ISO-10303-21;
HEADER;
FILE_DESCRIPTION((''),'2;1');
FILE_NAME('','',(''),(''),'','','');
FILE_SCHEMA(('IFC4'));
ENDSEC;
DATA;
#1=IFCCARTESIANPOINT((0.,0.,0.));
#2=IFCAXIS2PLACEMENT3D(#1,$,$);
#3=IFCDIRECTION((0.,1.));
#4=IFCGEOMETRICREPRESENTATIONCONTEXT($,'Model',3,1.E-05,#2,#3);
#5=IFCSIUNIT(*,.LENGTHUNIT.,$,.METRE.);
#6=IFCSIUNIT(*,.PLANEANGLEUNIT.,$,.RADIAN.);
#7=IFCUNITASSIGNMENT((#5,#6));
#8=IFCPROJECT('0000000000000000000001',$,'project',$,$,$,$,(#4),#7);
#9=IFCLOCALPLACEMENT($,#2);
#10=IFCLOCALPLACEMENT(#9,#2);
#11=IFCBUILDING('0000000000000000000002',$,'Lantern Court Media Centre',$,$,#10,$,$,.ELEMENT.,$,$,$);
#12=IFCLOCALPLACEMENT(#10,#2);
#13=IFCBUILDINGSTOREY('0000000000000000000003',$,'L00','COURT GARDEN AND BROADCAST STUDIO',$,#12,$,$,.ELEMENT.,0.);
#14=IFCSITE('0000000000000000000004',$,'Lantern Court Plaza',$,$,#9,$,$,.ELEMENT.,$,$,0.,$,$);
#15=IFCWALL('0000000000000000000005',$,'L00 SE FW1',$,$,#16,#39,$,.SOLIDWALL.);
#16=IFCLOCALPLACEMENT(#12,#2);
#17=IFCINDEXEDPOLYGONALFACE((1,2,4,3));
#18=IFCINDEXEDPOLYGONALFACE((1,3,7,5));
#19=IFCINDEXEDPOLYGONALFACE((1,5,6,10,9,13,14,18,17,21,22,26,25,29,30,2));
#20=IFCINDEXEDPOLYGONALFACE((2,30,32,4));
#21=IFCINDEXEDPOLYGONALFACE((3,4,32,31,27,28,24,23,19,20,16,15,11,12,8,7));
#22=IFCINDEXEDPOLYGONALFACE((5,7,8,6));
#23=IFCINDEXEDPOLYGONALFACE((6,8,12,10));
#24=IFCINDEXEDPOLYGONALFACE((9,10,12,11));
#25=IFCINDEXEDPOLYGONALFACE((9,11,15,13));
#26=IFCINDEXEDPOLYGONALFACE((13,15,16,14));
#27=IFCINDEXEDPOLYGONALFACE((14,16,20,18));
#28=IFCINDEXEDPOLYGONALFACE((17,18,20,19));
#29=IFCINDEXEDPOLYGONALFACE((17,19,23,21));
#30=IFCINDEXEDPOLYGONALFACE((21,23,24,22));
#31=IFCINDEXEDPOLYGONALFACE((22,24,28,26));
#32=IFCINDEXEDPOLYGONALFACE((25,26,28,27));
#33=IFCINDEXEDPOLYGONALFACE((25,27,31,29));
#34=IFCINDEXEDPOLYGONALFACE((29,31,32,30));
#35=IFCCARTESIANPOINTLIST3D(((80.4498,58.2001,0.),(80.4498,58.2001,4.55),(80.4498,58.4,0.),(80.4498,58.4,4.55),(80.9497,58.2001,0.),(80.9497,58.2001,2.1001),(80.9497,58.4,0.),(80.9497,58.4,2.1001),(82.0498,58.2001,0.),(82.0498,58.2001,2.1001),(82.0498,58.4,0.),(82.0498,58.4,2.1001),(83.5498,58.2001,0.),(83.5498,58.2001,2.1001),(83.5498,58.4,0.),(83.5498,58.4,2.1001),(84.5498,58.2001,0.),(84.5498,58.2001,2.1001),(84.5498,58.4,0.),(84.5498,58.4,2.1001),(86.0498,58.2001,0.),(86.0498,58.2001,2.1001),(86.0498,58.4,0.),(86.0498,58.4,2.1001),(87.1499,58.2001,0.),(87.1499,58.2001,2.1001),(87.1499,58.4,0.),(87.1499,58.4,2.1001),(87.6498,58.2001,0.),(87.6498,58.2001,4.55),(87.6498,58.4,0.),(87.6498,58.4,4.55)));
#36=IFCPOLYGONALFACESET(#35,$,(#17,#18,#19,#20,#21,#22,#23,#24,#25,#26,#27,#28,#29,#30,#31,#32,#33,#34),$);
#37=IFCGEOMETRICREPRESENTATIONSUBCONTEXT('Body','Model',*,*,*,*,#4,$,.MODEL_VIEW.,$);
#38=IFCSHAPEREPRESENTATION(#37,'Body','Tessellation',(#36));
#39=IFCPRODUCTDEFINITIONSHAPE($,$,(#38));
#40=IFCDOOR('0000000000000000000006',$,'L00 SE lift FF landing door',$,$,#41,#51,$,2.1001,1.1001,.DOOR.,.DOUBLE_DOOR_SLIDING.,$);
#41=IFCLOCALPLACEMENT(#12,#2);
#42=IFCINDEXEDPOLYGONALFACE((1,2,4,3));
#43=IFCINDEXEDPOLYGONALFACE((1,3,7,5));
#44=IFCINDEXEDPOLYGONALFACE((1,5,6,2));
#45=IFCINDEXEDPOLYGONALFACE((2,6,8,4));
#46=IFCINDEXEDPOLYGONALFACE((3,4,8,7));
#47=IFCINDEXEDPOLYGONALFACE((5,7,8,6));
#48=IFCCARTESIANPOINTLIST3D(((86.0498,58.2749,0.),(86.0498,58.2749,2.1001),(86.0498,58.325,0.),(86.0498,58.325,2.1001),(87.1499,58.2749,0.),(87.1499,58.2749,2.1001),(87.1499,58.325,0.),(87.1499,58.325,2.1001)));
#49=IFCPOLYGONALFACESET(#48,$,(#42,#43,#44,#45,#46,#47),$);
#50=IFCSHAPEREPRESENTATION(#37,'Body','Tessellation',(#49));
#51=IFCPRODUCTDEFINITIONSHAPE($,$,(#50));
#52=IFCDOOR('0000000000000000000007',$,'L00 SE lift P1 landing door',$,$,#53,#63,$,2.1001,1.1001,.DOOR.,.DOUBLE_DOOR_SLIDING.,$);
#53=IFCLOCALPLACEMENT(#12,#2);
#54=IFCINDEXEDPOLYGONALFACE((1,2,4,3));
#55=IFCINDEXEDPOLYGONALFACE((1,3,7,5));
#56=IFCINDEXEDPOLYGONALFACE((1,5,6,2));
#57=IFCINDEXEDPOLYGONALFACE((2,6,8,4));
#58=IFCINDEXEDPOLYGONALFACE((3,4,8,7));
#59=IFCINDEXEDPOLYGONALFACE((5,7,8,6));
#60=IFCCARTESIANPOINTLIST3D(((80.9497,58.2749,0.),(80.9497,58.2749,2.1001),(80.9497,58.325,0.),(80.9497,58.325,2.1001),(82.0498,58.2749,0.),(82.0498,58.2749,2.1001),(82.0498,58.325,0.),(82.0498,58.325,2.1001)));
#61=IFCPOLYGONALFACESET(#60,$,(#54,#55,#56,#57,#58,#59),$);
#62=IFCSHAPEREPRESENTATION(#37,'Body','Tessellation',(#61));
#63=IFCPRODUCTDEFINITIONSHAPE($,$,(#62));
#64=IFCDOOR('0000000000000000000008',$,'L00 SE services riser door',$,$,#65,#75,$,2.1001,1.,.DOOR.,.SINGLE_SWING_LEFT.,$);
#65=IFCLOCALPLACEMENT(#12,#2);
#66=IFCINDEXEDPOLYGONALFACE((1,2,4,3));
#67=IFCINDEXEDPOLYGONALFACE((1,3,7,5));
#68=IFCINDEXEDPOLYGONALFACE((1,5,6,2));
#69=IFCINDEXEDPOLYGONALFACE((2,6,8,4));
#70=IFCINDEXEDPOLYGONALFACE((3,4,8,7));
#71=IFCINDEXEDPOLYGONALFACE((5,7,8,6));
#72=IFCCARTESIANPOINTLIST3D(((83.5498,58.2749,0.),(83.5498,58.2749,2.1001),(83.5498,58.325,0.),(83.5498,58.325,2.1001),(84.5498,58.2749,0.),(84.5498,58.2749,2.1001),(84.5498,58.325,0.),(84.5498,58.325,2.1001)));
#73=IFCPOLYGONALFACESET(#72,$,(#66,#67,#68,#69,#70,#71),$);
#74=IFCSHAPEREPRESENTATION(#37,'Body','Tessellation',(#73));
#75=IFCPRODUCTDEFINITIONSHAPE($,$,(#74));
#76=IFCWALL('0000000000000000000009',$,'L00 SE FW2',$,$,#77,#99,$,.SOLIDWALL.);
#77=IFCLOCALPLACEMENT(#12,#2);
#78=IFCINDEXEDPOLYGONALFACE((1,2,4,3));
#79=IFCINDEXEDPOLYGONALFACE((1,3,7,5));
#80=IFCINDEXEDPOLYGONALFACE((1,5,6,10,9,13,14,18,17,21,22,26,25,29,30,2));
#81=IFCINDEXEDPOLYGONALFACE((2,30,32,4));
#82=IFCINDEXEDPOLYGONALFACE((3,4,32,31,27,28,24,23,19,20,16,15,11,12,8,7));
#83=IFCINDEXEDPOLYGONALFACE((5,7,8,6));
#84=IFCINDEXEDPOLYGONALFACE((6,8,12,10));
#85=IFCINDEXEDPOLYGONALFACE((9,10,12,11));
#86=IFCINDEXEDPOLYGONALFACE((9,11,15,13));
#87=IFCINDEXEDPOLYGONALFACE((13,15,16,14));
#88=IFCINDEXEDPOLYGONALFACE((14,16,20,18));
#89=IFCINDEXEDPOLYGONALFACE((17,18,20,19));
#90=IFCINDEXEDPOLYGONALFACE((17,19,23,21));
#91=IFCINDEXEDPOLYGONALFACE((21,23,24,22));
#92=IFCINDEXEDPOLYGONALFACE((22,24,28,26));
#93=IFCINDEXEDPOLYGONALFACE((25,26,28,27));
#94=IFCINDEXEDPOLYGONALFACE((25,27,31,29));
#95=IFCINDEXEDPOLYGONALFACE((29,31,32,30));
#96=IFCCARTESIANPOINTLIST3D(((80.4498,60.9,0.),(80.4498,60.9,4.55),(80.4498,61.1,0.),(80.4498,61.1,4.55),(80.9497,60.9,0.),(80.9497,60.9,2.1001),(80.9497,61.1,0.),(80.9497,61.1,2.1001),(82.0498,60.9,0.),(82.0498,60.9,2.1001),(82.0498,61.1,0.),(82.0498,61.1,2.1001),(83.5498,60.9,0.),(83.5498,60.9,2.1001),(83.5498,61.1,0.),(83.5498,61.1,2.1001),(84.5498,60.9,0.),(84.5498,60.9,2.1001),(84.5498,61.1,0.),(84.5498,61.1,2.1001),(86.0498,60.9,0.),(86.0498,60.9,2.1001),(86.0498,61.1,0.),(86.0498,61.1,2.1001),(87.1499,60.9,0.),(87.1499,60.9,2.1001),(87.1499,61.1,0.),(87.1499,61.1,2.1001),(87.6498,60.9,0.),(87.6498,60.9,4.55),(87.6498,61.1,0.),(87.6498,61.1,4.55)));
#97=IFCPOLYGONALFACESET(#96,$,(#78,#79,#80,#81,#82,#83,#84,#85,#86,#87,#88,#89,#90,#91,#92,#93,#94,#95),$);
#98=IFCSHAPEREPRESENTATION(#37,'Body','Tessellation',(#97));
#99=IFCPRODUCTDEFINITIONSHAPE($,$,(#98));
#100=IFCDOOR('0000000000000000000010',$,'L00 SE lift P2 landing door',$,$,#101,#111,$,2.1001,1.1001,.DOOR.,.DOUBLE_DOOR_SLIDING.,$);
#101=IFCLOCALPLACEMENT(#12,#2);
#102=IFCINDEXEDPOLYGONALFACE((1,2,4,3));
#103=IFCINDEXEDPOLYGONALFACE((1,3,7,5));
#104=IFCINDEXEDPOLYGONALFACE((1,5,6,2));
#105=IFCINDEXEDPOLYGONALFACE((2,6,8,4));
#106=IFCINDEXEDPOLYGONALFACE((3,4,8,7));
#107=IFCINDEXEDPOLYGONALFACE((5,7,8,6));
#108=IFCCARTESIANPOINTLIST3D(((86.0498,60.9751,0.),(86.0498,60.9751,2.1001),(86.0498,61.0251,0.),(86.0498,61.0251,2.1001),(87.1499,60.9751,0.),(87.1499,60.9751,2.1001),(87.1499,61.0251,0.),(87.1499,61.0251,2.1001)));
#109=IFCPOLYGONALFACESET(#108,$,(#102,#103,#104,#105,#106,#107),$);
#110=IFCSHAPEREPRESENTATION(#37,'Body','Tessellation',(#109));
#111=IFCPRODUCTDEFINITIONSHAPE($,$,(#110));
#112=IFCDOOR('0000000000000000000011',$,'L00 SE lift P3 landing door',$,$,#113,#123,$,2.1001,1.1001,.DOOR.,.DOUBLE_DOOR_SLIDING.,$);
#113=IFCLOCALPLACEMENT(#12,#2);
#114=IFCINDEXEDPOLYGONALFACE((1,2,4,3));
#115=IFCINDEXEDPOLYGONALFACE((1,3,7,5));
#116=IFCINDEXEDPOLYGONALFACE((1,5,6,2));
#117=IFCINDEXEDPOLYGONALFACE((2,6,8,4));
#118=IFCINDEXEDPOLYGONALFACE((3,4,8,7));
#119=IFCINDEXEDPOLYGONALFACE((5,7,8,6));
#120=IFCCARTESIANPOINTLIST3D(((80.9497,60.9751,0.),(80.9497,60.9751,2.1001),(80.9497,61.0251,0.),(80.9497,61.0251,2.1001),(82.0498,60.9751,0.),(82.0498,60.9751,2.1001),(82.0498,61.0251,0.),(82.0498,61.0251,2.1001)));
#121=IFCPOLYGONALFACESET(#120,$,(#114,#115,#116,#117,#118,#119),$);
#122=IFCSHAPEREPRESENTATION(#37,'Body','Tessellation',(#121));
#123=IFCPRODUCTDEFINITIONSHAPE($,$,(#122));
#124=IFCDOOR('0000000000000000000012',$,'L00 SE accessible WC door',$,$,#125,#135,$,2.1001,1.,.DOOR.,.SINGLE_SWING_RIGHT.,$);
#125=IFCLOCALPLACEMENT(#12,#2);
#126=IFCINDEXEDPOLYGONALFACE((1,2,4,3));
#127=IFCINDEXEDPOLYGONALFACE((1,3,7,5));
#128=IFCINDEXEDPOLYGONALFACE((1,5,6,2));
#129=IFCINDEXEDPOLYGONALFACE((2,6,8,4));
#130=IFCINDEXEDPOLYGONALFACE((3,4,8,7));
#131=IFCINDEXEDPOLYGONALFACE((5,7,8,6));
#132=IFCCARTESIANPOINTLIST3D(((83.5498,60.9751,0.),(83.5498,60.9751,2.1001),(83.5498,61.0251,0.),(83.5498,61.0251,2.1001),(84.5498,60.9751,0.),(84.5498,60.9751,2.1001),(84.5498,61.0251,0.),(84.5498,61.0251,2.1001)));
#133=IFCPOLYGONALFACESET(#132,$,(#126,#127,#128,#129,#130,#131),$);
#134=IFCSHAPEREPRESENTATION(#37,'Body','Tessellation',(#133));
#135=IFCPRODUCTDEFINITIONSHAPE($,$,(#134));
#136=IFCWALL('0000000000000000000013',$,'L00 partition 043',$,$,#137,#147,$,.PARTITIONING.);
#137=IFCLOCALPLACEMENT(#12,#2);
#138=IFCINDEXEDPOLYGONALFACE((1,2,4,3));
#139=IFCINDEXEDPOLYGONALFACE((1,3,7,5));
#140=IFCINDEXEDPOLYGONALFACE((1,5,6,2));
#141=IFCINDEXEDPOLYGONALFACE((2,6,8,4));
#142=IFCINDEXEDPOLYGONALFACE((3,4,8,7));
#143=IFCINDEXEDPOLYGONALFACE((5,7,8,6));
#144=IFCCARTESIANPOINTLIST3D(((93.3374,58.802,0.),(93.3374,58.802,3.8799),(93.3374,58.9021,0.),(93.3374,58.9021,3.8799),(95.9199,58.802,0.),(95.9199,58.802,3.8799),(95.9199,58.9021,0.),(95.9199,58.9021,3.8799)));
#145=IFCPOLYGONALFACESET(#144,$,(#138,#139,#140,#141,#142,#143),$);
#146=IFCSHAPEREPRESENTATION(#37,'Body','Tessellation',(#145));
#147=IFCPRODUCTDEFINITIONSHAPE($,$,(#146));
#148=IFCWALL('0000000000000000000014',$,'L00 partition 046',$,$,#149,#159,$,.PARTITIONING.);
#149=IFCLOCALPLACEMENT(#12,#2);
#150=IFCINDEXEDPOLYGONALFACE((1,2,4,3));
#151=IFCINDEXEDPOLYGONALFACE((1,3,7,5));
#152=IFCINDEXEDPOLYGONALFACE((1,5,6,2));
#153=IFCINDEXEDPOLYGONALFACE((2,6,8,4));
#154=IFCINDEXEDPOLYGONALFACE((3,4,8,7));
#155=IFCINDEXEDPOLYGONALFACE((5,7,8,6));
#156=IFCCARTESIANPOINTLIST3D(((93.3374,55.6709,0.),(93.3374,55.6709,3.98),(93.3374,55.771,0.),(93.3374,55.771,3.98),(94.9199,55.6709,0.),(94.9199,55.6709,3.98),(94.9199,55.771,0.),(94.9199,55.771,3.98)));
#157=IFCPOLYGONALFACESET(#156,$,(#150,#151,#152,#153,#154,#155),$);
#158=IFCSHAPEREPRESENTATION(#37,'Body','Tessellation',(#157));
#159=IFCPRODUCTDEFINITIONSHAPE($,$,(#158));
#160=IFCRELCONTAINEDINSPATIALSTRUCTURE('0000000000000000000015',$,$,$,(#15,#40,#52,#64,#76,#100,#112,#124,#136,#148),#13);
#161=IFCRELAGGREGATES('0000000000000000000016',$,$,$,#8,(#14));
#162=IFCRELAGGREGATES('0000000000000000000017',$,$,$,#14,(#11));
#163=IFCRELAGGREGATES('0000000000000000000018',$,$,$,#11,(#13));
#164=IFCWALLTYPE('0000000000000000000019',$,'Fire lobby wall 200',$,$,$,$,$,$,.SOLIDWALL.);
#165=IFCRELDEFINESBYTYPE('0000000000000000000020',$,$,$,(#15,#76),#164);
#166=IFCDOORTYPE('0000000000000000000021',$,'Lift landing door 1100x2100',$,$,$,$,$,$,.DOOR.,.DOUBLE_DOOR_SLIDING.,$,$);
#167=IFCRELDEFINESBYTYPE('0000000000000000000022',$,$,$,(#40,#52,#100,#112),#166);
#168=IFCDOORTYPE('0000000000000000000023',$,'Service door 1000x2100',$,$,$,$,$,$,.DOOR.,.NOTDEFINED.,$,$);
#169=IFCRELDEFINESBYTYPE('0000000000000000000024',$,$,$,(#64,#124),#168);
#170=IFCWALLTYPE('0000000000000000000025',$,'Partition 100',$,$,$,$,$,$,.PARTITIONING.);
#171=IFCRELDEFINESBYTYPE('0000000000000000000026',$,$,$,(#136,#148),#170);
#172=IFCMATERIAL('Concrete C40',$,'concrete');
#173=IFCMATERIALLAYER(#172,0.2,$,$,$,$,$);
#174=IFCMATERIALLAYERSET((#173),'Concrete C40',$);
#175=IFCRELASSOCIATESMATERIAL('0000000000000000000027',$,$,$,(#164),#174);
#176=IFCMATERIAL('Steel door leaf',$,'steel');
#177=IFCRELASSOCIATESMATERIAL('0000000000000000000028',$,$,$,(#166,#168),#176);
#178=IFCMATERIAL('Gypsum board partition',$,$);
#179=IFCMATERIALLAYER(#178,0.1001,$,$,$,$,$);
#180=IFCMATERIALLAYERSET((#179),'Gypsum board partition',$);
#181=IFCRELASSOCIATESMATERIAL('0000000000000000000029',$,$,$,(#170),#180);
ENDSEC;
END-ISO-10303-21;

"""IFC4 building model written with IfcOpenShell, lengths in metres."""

from ifc_helpers import new_model, si_unit, direction, frame, frame_2d, origin, place, context, subcontext, project, spatial, rectangle, extrude, material, layer, layer_set, type_object, element, fill, save


model = new_model("IFC4")

# Units and contexts
model_context = context("Model", 3, precision=1e-05, world=origin(), true_north=direction((0.0, 1.0)))
body_context = subcontext(model_context, "Body", "Model", "MODEL_VIEW")
ifc_project = project(units=[si_unit("LENGTHUNIT", "METRE"), si_unit("PLANEANGLEUNIT", "RADIAN")], contexts=[model_context])

# Site, building, storey
site_placement = place(None, origin())
site = spatial("IfcSite", under=ifc_project, at=site_placement, Name="Lantern Court Plaza", CompositionType="ELEMENT", RefElevation=0.0)
building_placement = place(site_placement, origin())
building = spatial("IfcBuilding", under=site, at=building_placement, Name="Lantern Court Media Centre", CompositionType="ELEMENT")
storey_placement = place(building_placement, origin())
storey = spatial("IfcBuildingStorey", under=building, at=storey_placement, Name="L00", Description="COURT GARDEN AND BROADCAST STUDIO", CompositionType="ELEMENT", Elevation=0.0)

# Shared definitions
ifc_material_1 = material(Name="Gypsum board partition")

# Walls, openings, doors
ifc_material_2 = material(Name="Concrete C40", Category="concrete")
ifc_layer_1 = layer(ifc_material_2, 0.2)
ifc_layer_set_1 = layer_set([ifc_layer_1], Name="Concrete C40")
wall_type_1 = type_object("IfcWallType", Name="Fire lobby wall 200", PredefinedType="SOLIDWALL", material=ifc_layer_set_1)
wall_1_placement = place(storey_placement, frame((87.6499, 58.3, 0.0), z_axis=(0.0, 0.0, 1.0), x_axis=(-1.0, 0.0, 0.0)))
wall_1 = element("IfcWall", 1, at=wall_1_placement, inside=storey, type_object=wall_type_1, Name="L00 SE FW1", PredefinedType="SOLIDWALL", context=body_context, shape_type="SweptSolid", body=[
    extrude(rectangle(XDim=7.2, YDim=0.2, at=frame_2d((3.6001, 0.0))), origin(), (0.0, 0.0, 1.0), 4.55),
])
opening_1_placement = place(wall_1_placement, frame((0.5, 0.0, 0.0)))
opening_1 = element("IfcOpeningElement", 2, at=opening_1_placement, cuts=wall_1, PredefinedType="OPENING", context=body_context, shape_type="SweptSolid", body=[
    extrude(rectangle(XDim=1.1001, YDim=2.1001, at=frame_2d((0.55, 1.05))), frame((0.0, 0.1099, 0.0), z_axis=(0.0, -1.0, 0.0), x_axis=(1.0, 0.0, 0.0)), (0.0, 0.0, 1.0), 0.22),
])
opening_2_placement = place(wall_1_placement, frame((5.6001, 0.0, 0.0)))
opening_2 = element("IfcOpeningElement", 3, at=opening_2_placement, cuts=wall_1, PredefinedType="OPENING", context=body_context, shape_type="SweptSolid", body=[
    extrude(rectangle(XDim=1.1001, YDim=2.1001, at=frame_2d((0.55, 1.05))), frame((0.0, 0.1099, 0.0), z_axis=(0.0, -1.0, 0.0), x_axis=(1.0, 0.0, 0.0)), (0.0, 0.0, 1.0), 0.22),
])
opening_3_placement = place(wall_1_placement, frame((3.1001, 0.0, 0.0)))
opening_3 = element("IfcOpeningElement", 4, at=opening_3_placement, cuts=wall_1, PredefinedType="OPENING", context=body_context, shape_type="SweptSolid", body=[
    extrude(rectangle(XDim=1.0, YDim=2.1001, at=frame_2d((0.5, 1.05))), frame((0.0, 0.1099, 0.0), z_axis=(0.0, -1.0, 0.0), x_axis=(1.0, 0.0, 0.0)), (0.0, 0.0, 1.0), 0.22),
])
ifc_material_3 = material(Name="Steel door leaf", Category="steel")
door_type_1 = type_object("IfcDoorType", Name="Lift landing door 1100x2100", OperationType="DOUBLE_DOOR_SLIDING", PredefinedType="DOOR", material=ifc_material_3)
door_1_placement = place(opening_1_placement, frame((1.1001, 0.0, 0.0), z_axis=(0.0, 0.0, 1.0), x_axis=(-1.0, 0.0, 0.0)))
door_1 = element("IfcDoor", 5, at=door_1_placement, inside=storey, type_object=door_type_1, Name="L00 SE lift FF landing door", OperationType="DOUBLE_DOOR_SLIDING", OverallHeight=2.1001, OverallWidth=1.1001, PredefinedType="DOOR", context=body_context, shape_type="SweptSolid", body=[
    extrude(rectangle(XDim=1.1001, YDim=2.1001, at=frame_2d((0.55, 1.05))), frame((0.0, 0.0249, 0.0), z_axis=(0.0, -1.0, 0.0), x_axis=(1.0, 0.0, 0.0)), (0.0, 0.0, 1.0), 0.05),
])
fill(opening_1, door_1)
door_2_placement = place(opening_2_placement, frame((1.1001, 0.0, 0.0), z_axis=(0.0, 0.0, 1.0), x_axis=(-1.0, 0.0, 0.0)))
door_2 = element("IfcDoor", 6, at=door_2_placement, inside=storey, type_object=door_type_1, Name="L00 SE lift P1 landing door", OperationType="DOUBLE_DOOR_SLIDING", OverallHeight=2.1001, OverallWidth=1.1001, PredefinedType="DOOR", context=body_context, shape_type="SweptSolid", body=[
    extrude(rectangle(XDim=1.1001, YDim=2.1001, at=frame_2d((0.55, 1.05))), frame((0.0, 0.0249, 0.0), z_axis=(0.0, -1.0, 0.0), x_axis=(1.0, 0.0, 0.0)), (0.0, 0.0, 1.0), 0.05),
])
fill(opening_2, door_2)
door_type_2 = type_object("IfcDoorType", Name="Service door 1000x2100", OperationType="NOTDEFINED", PredefinedType="DOOR", material=ifc_material_3)
door_3_placement = place(opening_3_placement, frame((1.0, 0.0, 0.0), z_axis=(0.0, 0.0, 1.0), x_axis=(-1.0, 0.0, 0.0)))
door_3 = element("IfcDoor", 7, at=door_3_placement, inside=storey, type_object=door_type_2, Name="L00 SE services riser door", OperationType="SINGLE_SWING_LEFT", OverallHeight=2.1001, OverallWidth=1.0, PredefinedType="DOOR", context=body_context, shape_type="SweptSolid", body=[
    extrude(rectangle(XDim=1.0, YDim=2.1001, at=frame_2d((0.5, 1.05))), frame((0.0, 0.0249, 0.0), z_axis=(0.0, -1.0, 0.0), x_axis=(1.0, 0.0, 0.0)), (0.0, 0.0, 1.0), 0.05),
])
fill(opening_3, door_3)
wall_2_placement = place(storey_placement, frame((87.6499, 61.0, 0.0), z_axis=(0.0, 0.0, 1.0), x_axis=(-1.0, 0.0, 0.0)))
wall_2 = element("IfcWall", 8, at=wall_2_placement, inside=storey, type_object=wall_type_1, Name="L00 SE FW2", PredefinedType="SOLIDWALL", context=body_context, shape_type="SweptSolid", body=[
    extrude(rectangle(XDim=7.2, YDim=0.2, at=frame_2d((3.6001, 0.0))), origin(), (0.0, 0.0, 1.0), 4.55),
])
opening_4_placement = place(wall_2_placement, frame((0.5, 0.0, 0.0)))
opening_4 = element("IfcOpeningElement", 9, at=opening_4_placement, cuts=wall_2, PredefinedType="OPENING", context=body_context, shape_type="SweptSolid", body=[
    extrude(rectangle(XDim=1.1001, YDim=2.1001, at=frame_2d((0.55, 1.05))), frame((0.0, 0.1099, 0.0), z_axis=(0.0, -1.0, 0.0), x_axis=(1.0, 0.0, 0.0)), (0.0, 0.0, 1.0), 0.22),
])
opening_5_placement = place(wall_2_placement, frame((5.6001, 0.0, 0.0)))
opening_5 = element("IfcOpeningElement", 10, at=opening_5_placement, cuts=wall_2, PredefinedType="OPENING", context=body_context, shape_type="SweptSolid", body=[
    extrude(rectangle(XDim=1.1001, YDim=2.1001, at=frame_2d((0.55, 1.05))), frame((0.0, 0.1099, 0.0), z_axis=(0.0, -1.0, 0.0), x_axis=(1.0, 0.0, 0.0)), (0.0, 0.0, 1.0), 0.22),
])
opening_6_placement = place(wall_2_placement, frame((3.1001, 0.0, 0.0)))
opening_6 = element("IfcOpeningElement", 11, at=opening_6_placement, cuts=wall_2, PredefinedType="OPENING", context=body_context, shape_type="SweptSolid", body=[
    extrude(rectangle(XDim=1.0, YDim=2.1001, at=frame_2d((0.5, 1.05))), frame((0.0, 0.1099, 0.0), z_axis=(0.0, -1.0, 0.0), x_axis=(1.0, 0.0, 0.0)), (0.0, 0.0, 1.0), 0.22),
])
door_4_placement = place(opening_4_placement, origin())
door_4 = element("IfcDoor", 12, at=door_4_placement, inside=storey, type_object=door_type_1, Name="L00 SE lift P2 landing door", OperationType="DOUBLE_DOOR_SLIDING", OverallHeight=2.1001, OverallWidth=1.1001, PredefinedType="DOOR", context=body_context, shape_type="SweptSolid", body=[
    extrude(rectangle(XDim=1.1001, YDim=2.1001, at=frame_2d((0.55, 1.05))), frame((0.0, 0.0249, 0.0), z_axis=(0.0, -1.0, 0.0), x_axis=(1.0, 0.0, 0.0)), (0.0, 0.0, 1.0), 0.05),
])
fill(opening_4, door_4)
door_5_placement = place(opening_5_placement, origin())
door_5 = element("IfcDoor", 13, at=door_5_placement, inside=storey, type_object=door_type_1, Name="L00 SE lift P3 landing door", OperationType="DOUBLE_DOOR_SLIDING", OverallHeight=2.1001, OverallWidth=1.1001, PredefinedType="DOOR", context=body_context, shape_type="SweptSolid", body=[
    extrude(rectangle(XDim=1.1001, YDim=2.1001, at=frame_2d((0.55, 1.05))), frame((0.0, 0.0249, 0.0), z_axis=(0.0, -1.0, 0.0), x_axis=(1.0, 0.0, 0.0)), (0.0, 0.0, 1.0), 0.05),
])
fill(opening_5, door_5)
door_6_placement = place(opening_6_placement, origin())
door_6 = element("IfcDoor", 14, at=door_6_placement, inside=storey, type_object=door_type_2, Name="L00 SE accessible WC door", OperationType="SINGLE_SWING_RIGHT", OverallHeight=2.1001, OverallWidth=1.0, PredefinedType="DOOR", context=body_context, shape_type="SweptSolid", body=[
    extrude(rectangle(XDim=1.0, YDim=2.1001, at=frame_2d((0.5, 1.05))), frame((0.0, 0.0249, 0.0), z_axis=(0.0, -1.0, 0.0), x_axis=(1.0, 0.0, 0.0)), (0.0, 0.0, 1.0), 0.05),
])
fill(opening_6, door_6)

# Walls
ifc_layer_2 = layer(ifc_material_1, 0.1001)
ifc_layer_set_2 = layer_set([ifc_layer_2], Name="Gypsum board partition")
wall_type_2 = type_object("IfcWallType", Name="Partition 100", PredefinedType="PARTITIONING", material=ifc_layer_set_2)
wall_3_placement = place(storey_placement, frame((93.3374, 58.8521, 0.0), z_axis=(0.0, 0.0, 1.0), x_axis=(1.0, 0.0, 0.0)))
element("IfcWall", 15, at=wall_3_placement, inside=storey, type_object=wall_type_2, Name="L00 partition 043", PredefinedType="PARTITIONING", context=body_context, shape_type="SweptSolid", body=[
    extrude(rectangle(XDim=2.5825, YDim=0.1001, at=frame_2d((1.2913, 0.0))), origin(), (0.0, 0.0, 1.0), 3.8799),
])
wall_4_placement = place(storey_placement, frame((93.3374, 55.7209, 0.0), z_axis=(0.0, 0.0, 1.0), x_axis=(1.0, 0.0, 0.0)))
element("IfcWall", 16, at=wall_4_placement, inside=storey, type_object=wall_type_2, Name="L00 partition 046", PredefinedType="PARTITIONING", context=body_context, shape_type="SweptSolid", body=[
    extrude(rectangle(XDim=1.5825, YDim=0.1001, at=frame_2d((0.7913, 0.0))), origin(), (0.0, 0.0, 1.0), 3.98),
])

save(model, "model.ifc")
